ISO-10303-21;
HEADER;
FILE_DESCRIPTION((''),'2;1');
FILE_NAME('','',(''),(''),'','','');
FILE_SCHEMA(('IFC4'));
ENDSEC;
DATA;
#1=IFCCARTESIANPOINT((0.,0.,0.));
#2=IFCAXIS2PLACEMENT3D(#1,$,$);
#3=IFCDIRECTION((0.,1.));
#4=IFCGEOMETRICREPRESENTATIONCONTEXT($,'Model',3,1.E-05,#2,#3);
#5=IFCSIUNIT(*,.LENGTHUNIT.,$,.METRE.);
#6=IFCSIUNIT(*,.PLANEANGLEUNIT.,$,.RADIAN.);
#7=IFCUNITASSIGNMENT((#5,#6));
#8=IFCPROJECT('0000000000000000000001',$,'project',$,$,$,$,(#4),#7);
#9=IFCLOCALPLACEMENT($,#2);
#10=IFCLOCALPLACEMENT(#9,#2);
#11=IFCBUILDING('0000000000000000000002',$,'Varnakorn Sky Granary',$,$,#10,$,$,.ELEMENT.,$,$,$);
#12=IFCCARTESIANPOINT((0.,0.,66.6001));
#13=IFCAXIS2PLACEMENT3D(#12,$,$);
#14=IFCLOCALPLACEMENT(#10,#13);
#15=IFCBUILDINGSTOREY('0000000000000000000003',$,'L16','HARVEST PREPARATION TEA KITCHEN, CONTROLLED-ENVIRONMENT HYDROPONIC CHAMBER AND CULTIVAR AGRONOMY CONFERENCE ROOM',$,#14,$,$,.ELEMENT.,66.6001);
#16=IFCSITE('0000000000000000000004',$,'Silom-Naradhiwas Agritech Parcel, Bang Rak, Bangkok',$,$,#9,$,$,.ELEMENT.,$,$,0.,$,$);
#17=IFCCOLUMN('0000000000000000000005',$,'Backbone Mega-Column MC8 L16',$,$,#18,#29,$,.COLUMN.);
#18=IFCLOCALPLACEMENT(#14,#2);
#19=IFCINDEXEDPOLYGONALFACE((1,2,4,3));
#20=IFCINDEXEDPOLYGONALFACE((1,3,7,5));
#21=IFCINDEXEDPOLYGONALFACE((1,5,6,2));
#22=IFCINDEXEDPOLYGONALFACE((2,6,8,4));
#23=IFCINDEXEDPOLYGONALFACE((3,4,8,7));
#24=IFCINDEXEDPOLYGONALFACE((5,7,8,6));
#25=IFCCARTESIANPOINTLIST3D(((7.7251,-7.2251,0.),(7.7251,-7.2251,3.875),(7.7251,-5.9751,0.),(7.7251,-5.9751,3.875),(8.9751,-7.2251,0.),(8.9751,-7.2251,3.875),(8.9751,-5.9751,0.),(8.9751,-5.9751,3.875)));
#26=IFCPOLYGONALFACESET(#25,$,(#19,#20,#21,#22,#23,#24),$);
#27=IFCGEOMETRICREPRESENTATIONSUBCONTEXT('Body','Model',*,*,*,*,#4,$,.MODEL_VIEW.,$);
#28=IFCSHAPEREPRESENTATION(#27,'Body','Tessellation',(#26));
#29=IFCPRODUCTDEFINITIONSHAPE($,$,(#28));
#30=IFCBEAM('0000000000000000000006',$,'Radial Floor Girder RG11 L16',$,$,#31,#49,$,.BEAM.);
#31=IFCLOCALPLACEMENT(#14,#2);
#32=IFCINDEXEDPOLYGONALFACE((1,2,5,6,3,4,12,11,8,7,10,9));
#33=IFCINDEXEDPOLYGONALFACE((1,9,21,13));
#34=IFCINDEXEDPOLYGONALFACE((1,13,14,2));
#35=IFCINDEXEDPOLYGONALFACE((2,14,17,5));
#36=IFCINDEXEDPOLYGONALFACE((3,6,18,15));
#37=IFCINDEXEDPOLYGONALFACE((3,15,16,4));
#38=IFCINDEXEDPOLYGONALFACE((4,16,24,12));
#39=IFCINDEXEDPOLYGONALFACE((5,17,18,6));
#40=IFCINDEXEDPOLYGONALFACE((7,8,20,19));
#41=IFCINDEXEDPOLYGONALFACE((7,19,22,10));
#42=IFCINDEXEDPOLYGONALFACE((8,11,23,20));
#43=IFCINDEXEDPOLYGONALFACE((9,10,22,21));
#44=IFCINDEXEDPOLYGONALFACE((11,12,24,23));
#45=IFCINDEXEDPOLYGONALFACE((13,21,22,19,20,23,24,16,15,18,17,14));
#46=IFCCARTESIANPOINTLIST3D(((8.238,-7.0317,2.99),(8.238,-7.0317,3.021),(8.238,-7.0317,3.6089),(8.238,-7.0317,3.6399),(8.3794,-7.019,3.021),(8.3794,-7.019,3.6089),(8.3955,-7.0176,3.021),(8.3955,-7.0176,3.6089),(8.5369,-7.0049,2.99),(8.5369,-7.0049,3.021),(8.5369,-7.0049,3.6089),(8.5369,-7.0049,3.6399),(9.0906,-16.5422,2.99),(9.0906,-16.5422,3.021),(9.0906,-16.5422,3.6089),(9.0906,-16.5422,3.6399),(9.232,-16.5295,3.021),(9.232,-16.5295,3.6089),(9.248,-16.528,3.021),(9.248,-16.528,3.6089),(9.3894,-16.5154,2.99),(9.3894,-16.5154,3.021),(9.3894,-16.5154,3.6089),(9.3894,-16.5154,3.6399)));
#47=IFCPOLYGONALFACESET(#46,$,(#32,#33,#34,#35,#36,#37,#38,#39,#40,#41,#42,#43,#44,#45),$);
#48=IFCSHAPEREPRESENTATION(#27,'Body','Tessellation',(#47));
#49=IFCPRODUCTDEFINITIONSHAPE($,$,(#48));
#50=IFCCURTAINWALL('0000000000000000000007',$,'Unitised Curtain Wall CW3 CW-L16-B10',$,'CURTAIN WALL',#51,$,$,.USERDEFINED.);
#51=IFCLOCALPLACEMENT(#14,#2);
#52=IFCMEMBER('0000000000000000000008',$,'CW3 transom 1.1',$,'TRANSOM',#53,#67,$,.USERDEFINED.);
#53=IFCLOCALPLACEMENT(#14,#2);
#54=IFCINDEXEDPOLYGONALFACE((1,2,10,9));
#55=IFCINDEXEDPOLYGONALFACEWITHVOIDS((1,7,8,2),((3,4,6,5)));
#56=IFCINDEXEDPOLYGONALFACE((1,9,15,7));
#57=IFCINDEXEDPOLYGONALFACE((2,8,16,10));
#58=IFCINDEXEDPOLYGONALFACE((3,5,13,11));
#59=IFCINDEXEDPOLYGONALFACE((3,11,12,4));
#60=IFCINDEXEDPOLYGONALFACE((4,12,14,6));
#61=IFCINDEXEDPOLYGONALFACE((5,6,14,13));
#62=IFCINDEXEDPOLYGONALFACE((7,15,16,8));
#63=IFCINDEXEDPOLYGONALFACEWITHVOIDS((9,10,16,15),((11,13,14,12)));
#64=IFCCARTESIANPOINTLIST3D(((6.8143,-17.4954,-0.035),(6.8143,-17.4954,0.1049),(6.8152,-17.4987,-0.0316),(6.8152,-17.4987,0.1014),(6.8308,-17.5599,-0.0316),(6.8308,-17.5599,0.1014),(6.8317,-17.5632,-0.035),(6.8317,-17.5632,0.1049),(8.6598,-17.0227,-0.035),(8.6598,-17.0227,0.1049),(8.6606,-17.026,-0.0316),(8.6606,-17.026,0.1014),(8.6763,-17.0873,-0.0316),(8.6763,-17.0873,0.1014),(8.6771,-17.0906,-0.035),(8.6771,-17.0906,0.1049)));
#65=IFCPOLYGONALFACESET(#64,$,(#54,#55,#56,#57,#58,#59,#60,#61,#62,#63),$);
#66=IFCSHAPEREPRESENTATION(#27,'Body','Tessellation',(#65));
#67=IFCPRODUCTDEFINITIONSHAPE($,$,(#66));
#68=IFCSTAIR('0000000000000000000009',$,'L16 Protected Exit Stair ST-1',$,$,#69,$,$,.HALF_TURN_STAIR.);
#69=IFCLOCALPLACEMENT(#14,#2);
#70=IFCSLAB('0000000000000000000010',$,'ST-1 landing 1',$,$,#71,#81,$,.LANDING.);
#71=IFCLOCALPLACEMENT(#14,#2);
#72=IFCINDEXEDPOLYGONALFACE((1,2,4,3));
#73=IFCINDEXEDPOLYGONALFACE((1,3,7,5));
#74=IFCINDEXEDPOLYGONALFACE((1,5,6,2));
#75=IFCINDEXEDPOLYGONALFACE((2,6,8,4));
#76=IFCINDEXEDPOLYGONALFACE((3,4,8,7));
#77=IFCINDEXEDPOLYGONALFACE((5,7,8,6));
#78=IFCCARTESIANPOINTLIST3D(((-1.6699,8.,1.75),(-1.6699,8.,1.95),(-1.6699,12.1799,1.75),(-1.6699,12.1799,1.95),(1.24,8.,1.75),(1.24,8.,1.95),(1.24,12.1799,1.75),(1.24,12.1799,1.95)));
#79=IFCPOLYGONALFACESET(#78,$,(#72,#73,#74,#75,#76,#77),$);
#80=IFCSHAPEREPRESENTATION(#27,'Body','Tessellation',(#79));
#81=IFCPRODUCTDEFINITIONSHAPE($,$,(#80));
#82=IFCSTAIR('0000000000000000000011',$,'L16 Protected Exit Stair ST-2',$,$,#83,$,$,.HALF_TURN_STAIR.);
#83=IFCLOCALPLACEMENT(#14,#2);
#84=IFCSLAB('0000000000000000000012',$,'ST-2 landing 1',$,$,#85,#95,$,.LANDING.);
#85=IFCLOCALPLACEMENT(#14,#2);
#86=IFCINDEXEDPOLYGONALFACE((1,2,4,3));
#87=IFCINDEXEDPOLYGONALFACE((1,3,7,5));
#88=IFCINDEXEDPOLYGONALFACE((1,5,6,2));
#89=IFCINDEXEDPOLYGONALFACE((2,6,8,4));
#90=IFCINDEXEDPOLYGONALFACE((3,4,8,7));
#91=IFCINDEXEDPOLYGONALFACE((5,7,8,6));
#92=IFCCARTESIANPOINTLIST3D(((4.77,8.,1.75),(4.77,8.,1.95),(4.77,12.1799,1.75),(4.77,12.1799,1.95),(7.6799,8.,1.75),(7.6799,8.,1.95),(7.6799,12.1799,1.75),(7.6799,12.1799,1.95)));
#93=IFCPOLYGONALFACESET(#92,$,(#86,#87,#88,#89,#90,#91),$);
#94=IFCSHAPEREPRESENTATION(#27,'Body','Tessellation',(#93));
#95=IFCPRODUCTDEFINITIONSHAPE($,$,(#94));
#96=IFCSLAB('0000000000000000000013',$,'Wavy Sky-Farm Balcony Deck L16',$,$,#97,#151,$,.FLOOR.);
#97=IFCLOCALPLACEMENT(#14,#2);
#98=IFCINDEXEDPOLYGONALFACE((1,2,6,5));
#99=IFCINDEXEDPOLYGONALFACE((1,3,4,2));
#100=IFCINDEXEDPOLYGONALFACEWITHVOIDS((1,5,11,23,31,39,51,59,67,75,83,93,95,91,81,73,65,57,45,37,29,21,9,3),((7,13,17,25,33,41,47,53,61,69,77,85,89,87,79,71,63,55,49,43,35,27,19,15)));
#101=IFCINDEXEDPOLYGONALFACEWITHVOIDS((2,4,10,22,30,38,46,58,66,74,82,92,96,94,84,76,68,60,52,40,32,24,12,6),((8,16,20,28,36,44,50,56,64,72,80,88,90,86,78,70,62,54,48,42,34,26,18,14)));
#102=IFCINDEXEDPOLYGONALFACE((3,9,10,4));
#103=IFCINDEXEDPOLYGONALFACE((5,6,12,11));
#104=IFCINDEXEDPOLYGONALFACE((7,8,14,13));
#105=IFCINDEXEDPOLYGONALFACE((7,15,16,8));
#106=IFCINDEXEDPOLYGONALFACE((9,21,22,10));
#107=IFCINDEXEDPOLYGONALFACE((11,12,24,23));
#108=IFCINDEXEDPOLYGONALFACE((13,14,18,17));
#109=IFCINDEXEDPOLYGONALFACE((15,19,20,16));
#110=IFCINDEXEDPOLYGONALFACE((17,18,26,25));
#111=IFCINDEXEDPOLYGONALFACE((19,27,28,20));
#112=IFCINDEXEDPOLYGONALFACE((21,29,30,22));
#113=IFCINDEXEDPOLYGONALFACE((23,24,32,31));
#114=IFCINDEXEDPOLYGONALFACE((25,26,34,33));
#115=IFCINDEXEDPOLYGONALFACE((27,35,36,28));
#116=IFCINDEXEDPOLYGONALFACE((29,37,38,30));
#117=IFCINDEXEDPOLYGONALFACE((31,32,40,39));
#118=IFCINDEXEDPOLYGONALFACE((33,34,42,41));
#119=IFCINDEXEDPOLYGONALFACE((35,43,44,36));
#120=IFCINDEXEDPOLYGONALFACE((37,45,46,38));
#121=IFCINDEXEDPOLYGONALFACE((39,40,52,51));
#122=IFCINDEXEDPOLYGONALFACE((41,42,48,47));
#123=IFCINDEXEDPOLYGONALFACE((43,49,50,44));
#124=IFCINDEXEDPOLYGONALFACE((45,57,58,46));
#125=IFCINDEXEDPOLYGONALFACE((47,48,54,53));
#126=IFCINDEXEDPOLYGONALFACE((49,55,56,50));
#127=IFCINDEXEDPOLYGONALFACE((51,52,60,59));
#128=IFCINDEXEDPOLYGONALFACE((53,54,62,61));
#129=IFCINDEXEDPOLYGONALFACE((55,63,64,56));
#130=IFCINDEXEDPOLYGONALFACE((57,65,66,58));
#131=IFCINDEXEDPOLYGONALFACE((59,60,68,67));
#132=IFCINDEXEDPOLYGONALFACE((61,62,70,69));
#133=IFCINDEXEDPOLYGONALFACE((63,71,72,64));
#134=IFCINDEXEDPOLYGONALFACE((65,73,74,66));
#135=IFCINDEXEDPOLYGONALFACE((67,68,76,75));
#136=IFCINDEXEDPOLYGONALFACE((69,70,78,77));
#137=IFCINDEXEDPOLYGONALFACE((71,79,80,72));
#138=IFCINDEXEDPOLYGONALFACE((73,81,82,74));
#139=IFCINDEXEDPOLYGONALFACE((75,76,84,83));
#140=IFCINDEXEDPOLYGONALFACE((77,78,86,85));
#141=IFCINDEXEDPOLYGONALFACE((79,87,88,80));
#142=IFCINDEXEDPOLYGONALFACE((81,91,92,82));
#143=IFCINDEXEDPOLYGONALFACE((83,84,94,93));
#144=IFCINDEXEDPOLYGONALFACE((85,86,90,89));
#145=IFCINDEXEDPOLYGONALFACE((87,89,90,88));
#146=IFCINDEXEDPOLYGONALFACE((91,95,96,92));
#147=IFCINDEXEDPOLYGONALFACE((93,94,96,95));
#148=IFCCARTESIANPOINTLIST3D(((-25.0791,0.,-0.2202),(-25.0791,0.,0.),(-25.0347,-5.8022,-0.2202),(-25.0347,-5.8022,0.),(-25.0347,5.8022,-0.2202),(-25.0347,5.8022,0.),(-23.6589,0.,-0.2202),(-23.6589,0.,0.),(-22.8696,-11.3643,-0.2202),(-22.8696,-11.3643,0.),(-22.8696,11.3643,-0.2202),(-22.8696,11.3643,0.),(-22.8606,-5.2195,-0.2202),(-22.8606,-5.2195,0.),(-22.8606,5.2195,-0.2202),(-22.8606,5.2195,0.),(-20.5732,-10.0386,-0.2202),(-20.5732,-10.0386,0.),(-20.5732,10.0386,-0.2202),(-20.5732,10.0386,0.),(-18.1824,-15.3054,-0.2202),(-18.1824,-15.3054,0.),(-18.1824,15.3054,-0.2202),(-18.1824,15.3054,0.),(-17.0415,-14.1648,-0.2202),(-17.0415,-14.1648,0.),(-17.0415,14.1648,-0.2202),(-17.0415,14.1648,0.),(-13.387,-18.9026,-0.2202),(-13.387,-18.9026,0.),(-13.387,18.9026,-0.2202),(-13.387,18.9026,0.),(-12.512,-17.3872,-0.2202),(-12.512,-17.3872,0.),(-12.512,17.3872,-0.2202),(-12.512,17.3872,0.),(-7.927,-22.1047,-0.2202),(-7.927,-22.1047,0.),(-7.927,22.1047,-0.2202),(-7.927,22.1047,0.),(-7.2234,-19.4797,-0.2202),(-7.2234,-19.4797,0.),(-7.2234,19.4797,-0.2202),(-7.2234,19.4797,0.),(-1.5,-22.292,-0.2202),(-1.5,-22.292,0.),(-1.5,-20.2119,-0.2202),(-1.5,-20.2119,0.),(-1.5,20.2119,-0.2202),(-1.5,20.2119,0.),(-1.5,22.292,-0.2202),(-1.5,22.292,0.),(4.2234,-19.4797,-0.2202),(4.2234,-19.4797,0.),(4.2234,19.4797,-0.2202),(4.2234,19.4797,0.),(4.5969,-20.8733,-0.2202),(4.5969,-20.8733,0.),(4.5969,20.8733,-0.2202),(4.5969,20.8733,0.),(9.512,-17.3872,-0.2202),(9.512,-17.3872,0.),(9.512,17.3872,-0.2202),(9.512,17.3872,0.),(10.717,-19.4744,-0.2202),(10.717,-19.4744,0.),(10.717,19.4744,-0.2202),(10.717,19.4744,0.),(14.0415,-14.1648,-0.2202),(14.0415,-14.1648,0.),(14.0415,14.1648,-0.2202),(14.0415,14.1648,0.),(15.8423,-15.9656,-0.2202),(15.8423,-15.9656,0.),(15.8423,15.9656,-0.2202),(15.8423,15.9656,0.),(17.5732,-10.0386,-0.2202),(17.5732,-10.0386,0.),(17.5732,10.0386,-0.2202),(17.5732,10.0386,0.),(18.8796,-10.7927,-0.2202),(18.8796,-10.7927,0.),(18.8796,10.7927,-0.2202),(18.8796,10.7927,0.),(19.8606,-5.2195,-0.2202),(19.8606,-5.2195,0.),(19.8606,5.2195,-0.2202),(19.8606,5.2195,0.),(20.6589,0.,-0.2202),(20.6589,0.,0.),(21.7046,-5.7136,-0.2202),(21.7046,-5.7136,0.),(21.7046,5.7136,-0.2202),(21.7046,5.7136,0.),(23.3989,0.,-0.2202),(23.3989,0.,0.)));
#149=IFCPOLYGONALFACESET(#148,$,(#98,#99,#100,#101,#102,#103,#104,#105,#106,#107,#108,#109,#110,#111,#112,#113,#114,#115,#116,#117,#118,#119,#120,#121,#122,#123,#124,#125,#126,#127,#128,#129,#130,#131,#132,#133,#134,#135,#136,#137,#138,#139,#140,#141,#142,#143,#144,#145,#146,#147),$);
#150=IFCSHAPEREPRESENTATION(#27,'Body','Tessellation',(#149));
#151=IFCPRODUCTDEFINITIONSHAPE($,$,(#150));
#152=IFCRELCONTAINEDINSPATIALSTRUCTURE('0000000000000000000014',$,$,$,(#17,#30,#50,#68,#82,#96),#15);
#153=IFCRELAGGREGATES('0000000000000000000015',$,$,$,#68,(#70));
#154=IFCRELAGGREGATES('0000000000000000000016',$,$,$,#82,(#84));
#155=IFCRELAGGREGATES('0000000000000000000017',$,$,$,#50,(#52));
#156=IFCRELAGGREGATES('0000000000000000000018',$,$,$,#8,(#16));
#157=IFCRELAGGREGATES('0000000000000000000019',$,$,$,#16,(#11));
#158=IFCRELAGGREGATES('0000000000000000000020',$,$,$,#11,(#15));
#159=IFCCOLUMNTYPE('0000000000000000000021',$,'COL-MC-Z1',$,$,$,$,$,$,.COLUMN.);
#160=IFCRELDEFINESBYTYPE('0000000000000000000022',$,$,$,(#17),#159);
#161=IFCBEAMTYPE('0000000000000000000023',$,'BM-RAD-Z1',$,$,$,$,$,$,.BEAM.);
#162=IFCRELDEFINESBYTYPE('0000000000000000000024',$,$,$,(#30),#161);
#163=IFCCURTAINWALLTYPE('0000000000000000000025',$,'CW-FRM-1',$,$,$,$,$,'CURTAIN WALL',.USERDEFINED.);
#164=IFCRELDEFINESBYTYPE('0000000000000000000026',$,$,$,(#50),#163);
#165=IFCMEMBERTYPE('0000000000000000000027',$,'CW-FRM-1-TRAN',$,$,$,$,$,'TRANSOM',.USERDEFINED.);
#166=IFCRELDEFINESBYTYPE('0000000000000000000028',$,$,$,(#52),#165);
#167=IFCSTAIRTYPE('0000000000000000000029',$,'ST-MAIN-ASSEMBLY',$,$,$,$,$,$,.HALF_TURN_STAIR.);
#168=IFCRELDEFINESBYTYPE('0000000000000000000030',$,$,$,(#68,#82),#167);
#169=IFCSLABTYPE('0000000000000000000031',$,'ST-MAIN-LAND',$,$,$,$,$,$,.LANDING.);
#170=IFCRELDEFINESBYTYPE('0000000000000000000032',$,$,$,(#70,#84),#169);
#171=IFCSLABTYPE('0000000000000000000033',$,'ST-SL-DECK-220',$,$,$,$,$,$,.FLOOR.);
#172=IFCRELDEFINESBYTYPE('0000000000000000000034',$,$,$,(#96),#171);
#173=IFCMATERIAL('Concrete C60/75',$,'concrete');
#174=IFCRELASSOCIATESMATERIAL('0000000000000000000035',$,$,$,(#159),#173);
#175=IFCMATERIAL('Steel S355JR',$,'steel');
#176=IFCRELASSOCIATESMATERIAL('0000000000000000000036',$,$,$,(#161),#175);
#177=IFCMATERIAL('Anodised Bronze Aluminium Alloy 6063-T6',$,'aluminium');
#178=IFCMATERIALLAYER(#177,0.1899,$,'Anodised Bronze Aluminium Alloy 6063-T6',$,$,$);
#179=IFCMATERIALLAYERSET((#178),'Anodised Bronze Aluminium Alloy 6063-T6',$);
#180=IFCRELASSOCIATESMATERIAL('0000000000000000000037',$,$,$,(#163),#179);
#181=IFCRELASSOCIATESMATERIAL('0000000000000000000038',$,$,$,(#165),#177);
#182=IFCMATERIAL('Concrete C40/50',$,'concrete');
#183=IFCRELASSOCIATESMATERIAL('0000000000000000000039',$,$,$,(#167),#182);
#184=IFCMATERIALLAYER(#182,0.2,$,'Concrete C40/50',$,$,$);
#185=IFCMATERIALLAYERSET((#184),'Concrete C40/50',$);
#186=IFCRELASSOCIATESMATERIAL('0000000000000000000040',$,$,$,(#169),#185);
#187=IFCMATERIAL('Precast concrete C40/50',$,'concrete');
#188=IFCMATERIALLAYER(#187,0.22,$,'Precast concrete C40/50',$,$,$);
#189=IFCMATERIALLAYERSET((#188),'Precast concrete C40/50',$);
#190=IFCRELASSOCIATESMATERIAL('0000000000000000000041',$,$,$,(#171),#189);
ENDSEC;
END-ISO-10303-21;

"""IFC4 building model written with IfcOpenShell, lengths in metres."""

from ifc_helpers import new_model, si_unit, direction, frame, origin, origin_2d, place, context, subcontext, project, spatial, polyline, rectangle, hollow_rectangle, i_section, outline, extrude, material, layer, layer_set, material_profile, profile_set, type_object, element, aggregate, save


model = new_model("IFC4")

# Units and contexts
model_context = context("Model", 3, precision=1e-05, world=origin(), true_north=direction((0.0, 1.0)))
body_context = subcontext(model_context, "Body", "Model", "MODEL_VIEW")
ifc_project = project(units=[si_unit("LENGTHUNIT", "METRE"), si_unit("PLANEANGLEUNIT", "RADIAN")], contexts=[model_context])

# Site, building, storey
site_placement = place(None, origin())
site = spatial("IfcSite", under=ifc_project, at=site_placement, Name="Silom-Naradhiwas Agritech Parcel, Bang Rak, Bangkok", CompositionType="ELEMENT", RefElevation=0.0)
building_placement = place(site_placement, origin())
building = spatial("IfcBuilding", under=site, at=building_placement, Name="Varnakorn Sky Granary", CompositionType="ELEMENT")
storey_placement = place(building_placement, frame((0.0, 0.0, 66.6001)))
storey = spatial("IfcBuildingStorey", under=building, at=storey_placement, Name="L16", Description="HARVEST PREPARATION TEA KITCHEN, CONTROLLED-ENVIRONMENT HYDROPONIC CHAMBER AND CULTIVAR AGRONOMY CONFERENCE ROOM", CompositionType="ELEMENT", Elevation=66.6001)

# Column
ifc_material_1 = material(Name="Concrete C60/75", Category="concrete")
ifc_material_profile_1 = material_profile(ifc_material_1, rectangle(XDim=1.25, YDim=1.25, at=origin_2d()), Name="RC 1250x1250")
ifc_profile_set_1 = profile_set([ifc_material_profile_1], Name="Concrete C60/75")
column_type = type_object("IfcColumnType", Name="COL-MC-Z1", PredefinedType="COLUMN", material=ifc_profile_set_1)
column_placement = place(storey_placement, frame((8.3501, -6.6001, 0.0), z_axis=(0.0, 0.0, 1.0), x_axis=(1.0, 0.0, 0.0)))
element("IfcColumn", 1, at=column_placement, inside=storey, type_object=column_type, Name="Backbone Mega-Column MC8 L16", PredefinedType="COLUMN", context=body_context, shape_type="SweptSolid", body=[
    extrude(rectangle(XDim=1.25, YDim=1.25, at=origin_2d()), origin(), (0.0, 0.0, 1.0), 3.875),
])

# Beam
ifc_material_2 = material(Name="Steel S355JR", Category="steel")
ifc_material_profile_2 = material_profile(ifc_material_2, i_section(OverallWidth=0.3, OverallDepth=0.6499, WebThickness=0.0161, FlangeThickness=0.031, at=origin_2d()), Name="HE 650 B")
ifc_profile_set_2 = profile_set([ifc_material_profile_2], Name="Steel S355JR")
beam_type = type_object("IfcBeamType", Name="BM-RAD-Z1", PredefinedType="BEAM", material=ifc_profile_set_2)
beam_placement = place(storey_placement, frame((8.3875, -7.0183, 3.3149), z_axis=(0.089284, -0.996006, 0.0), x_axis=(0.996006, 0.089284, 0.0)))
element("IfcBeam", 2, at=beam_placement, inside=storey, type_object=beam_type, Name="Radial Floor Girder RG11 L16", PredefinedType="BEAM", context=body_context, shape_type="SweptSolid", body=[
    extrude(i_section(OverallWidth=0.3, OverallDepth=0.6499, WebThickness=0.0161, FlangeThickness=0.031, at=origin_2d()), origin(), (0.0, 0.0, 1.0), 9.5486),
])

# Curtain wall, member
ifc_material_3 = material(Name="Anodised Bronze Aluminium Alloy 6063-T6", Category="aluminium")
ifc_layer_1 = layer(ifc_material_3, 0.1899, Name="Anodised Bronze Aluminium Alloy 6063-T6")
ifc_layer_set_1 = layer_set([ifc_layer_1], Name="Anodised Bronze Aluminium Alloy 6063-T6")
curtain_wall_type = type_object("IfcCurtainWallType", Name="CW-FRM-1", ElementType="CURTAIN WALL", PredefinedType="USERDEFINED", material=ifc_layer_set_1)
curtain_wall_placement = place(storey_placement, origin())
curtain_wall = element("IfcCurtainWall", 3, at=curtain_wall_placement, inside=storey, type_object=curtain_wall_type, Name="Unitised Curtain Wall CW3 CW-L16-B10", ObjectType="CURTAIN WALL", PredefinedType="USERDEFINED")
ifc_material_profile_3 = material_profile(ifc_material_3, hollow_rectangle(XDim=0.0701, YDim=0.1399, WallThickness=0.0034, at=origin_2d()), Name="ALU TRAN 70x140")
ifc_profile_set_3 = profile_set([ifc_material_profile_3], Name="Anodised Bronze Aluminium Alloy 6063-T6")
member_type = type_object("IfcMemberType", Name="CW-FRM-1-TRAN", ElementType="TRANSOM", PredefinedType="USERDEFINED", material=ifc_profile_set_3)
member_placement = place(storey_placement, frame((8.6685, -17.0566, 0.0349), z_axis=(-0.968732, -0.24811, 0.0), x_axis=(0.24811, -0.968732, 0.0)))
member = element("IfcMember", 4, at=member_placement, type_object=member_type, Name="CW3 transom 1.1", ObjectType="TRANSOM", PredefinedType="USERDEFINED", context=body_context, shape_type="SweptSolid", body=[
    extrude(hollow_rectangle(XDim=0.0701, YDim=0.1399, WallThickness=0.0034, at=origin_2d()), origin(), (0.0, 0.0, 1.0), 1.905),
])

# Stairs, slabs
ifc_material_4 = material(Name="Concrete C40/50", Category="concrete")
stair_type = type_object("IfcStairType", Name="ST-MAIN-ASSEMBLY", PredefinedType="HALF_TURN_STAIR", material=ifc_material_4)
stair_1_placement = place(storey_placement, origin())
stair_1 = element("IfcStair", 5, at=stair_1_placement, inside=storey, type_object=stair_type, Name="L16 Protected Exit Stair ST-1", PredefinedType="HALF_TURN_STAIR")
ifc_layer_2 = layer(ifc_material_4, 0.2, Name="Concrete C40/50")
ifc_layer_set_2 = layer_set([ifc_layer_2], Name="Concrete C40/50")
slab_type_1 = type_object("IfcSlabType", Name="ST-MAIN-LAND", PredefinedType="LANDING", material=ifc_layer_set_2)
slab_1_placement = place(storey_placement, frame((0.0, 0.0, 1.75)))
slab_1 = element("IfcSlab", 6, at=slab_1_placement, type_object=slab_type_1, Name="ST-1 landing 1", PredefinedType="LANDING", context=body_context, shape_type="SweptSolid", body=[
    extrude(outline(polyline([(1.24, 8.0), (1.24, 12.1799), (-1.6699, 12.1799), (-1.6699, 8.0), (1.24, 8.0)])), origin(), (0.0, 0.0, 1.0), 0.2),
])
aggregate(stair_1, [slab_1])
stair_2_placement = place(storey_placement, origin())
stair_2 = element("IfcStair", 7, at=stair_2_placement, inside=storey, type_object=stair_type, Name="L16 Protected Exit Stair ST-2", PredefinedType="HALF_TURN_STAIR")
slab_2_placement = place(storey_placement, frame((0.0, 0.0, 1.75)))
slab_2 = element("IfcSlab", 8, at=slab_2_placement, type_object=slab_type_1, Name="ST-2 landing 1", PredefinedType="LANDING", context=body_context, shape_type="SweptSolid", body=[
    extrude(outline(polyline([(7.6799, 8.0), (7.6799, 12.1799), (4.77, 12.1799), (4.77, 8.0), (7.6799, 8.0)])), origin(), (0.0, 0.0, 1.0), 0.2),
])
aggregate(stair_2, [slab_2])

# Slab
ifc_material_5 = material(Name="Precast concrete C40/50", Category="concrete")
ifc_layer_3 = layer(ifc_material_5, 0.22, Name="Precast concrete C40/50")
ifc_layer_set_3 = layer_set([ifc_layer_3], Name="Precast concrete C40/50")
slab_type_2 = type_object("IfcSlabType", Name="ST-SL-DECK-220", PredefinedType="FLOOR", material=ifc_layer_set_3)
slab_3_placement = place(storey_placement, frame((0.0, 0.0, -0.2202)))
element("IfcSlab", 9, at=slab_3_placement, inside=storey, type_object=slab_type_2, Name="Wavy Sky-Farm Balcony Deck L16", PredefinedType="FLOOR", context=body_context, shape_type="SweptSolid", body=[
    extrude(outline(polyline([(23.3989, 0.0), (21.7046, 5.7136), (18.8796, 10.7927), (15.8423, 15.9656), (10.717, 19.4744), (4.5969, 20.8733), (-1.5, 22.292), (-7.927, 22.1047), (-13.387, 18.9026), (-18.1824, 15.3054), (-22.8696, 11.3643), (-25.0347, 5.8022), (-25.0791, 0.0), (-25.0347, -5.8022), (-22.8696, -11.3643), (-18.1824, -15.3054), (-13.387, -18.9026), (-7.927, -22.1047), (-1.5, -22.292), (4.5969, -20.8733), (10.717, -19.4744), (15.8423, -15.9656), (18.8796, -10.7927), (21.7046, -5.7136), (23.3989, 0.0)]), holes=[polyline([(20.6589, 0.0), (19.8606, 5.2195), (17.5732, 10.0386), (14.0415, 14.1648), (9.512, 17.3872), (4.2234, 19.4797), (-1.5, 20.2119), (-7.2234, 19.4797), (-12.512, 17.3872), (-17.0415, 14.1648), (-20.5732, 10.0386), (-22.8606, 5.2195), (-23.6589, 0.0), (-22.8606, -5.2195), (-20.5732, -10.0386), (-17.0415, -14.1648), (-12.512, -17.3872), (-7.2234, -19.4797), (-1.5, -20.2119), (4.2234, -19.4797), (9.512, -17.3872), (14.0415, -14.1648), (17.5732, -10.0386), (19.8606, -5.2195), (20.6589, 0.0)])]), origin(), (0.0, 0.0, 1.0), 0.2202),
])

aggregate(curtain_wall, [member])

save(model, "model.ifc")
